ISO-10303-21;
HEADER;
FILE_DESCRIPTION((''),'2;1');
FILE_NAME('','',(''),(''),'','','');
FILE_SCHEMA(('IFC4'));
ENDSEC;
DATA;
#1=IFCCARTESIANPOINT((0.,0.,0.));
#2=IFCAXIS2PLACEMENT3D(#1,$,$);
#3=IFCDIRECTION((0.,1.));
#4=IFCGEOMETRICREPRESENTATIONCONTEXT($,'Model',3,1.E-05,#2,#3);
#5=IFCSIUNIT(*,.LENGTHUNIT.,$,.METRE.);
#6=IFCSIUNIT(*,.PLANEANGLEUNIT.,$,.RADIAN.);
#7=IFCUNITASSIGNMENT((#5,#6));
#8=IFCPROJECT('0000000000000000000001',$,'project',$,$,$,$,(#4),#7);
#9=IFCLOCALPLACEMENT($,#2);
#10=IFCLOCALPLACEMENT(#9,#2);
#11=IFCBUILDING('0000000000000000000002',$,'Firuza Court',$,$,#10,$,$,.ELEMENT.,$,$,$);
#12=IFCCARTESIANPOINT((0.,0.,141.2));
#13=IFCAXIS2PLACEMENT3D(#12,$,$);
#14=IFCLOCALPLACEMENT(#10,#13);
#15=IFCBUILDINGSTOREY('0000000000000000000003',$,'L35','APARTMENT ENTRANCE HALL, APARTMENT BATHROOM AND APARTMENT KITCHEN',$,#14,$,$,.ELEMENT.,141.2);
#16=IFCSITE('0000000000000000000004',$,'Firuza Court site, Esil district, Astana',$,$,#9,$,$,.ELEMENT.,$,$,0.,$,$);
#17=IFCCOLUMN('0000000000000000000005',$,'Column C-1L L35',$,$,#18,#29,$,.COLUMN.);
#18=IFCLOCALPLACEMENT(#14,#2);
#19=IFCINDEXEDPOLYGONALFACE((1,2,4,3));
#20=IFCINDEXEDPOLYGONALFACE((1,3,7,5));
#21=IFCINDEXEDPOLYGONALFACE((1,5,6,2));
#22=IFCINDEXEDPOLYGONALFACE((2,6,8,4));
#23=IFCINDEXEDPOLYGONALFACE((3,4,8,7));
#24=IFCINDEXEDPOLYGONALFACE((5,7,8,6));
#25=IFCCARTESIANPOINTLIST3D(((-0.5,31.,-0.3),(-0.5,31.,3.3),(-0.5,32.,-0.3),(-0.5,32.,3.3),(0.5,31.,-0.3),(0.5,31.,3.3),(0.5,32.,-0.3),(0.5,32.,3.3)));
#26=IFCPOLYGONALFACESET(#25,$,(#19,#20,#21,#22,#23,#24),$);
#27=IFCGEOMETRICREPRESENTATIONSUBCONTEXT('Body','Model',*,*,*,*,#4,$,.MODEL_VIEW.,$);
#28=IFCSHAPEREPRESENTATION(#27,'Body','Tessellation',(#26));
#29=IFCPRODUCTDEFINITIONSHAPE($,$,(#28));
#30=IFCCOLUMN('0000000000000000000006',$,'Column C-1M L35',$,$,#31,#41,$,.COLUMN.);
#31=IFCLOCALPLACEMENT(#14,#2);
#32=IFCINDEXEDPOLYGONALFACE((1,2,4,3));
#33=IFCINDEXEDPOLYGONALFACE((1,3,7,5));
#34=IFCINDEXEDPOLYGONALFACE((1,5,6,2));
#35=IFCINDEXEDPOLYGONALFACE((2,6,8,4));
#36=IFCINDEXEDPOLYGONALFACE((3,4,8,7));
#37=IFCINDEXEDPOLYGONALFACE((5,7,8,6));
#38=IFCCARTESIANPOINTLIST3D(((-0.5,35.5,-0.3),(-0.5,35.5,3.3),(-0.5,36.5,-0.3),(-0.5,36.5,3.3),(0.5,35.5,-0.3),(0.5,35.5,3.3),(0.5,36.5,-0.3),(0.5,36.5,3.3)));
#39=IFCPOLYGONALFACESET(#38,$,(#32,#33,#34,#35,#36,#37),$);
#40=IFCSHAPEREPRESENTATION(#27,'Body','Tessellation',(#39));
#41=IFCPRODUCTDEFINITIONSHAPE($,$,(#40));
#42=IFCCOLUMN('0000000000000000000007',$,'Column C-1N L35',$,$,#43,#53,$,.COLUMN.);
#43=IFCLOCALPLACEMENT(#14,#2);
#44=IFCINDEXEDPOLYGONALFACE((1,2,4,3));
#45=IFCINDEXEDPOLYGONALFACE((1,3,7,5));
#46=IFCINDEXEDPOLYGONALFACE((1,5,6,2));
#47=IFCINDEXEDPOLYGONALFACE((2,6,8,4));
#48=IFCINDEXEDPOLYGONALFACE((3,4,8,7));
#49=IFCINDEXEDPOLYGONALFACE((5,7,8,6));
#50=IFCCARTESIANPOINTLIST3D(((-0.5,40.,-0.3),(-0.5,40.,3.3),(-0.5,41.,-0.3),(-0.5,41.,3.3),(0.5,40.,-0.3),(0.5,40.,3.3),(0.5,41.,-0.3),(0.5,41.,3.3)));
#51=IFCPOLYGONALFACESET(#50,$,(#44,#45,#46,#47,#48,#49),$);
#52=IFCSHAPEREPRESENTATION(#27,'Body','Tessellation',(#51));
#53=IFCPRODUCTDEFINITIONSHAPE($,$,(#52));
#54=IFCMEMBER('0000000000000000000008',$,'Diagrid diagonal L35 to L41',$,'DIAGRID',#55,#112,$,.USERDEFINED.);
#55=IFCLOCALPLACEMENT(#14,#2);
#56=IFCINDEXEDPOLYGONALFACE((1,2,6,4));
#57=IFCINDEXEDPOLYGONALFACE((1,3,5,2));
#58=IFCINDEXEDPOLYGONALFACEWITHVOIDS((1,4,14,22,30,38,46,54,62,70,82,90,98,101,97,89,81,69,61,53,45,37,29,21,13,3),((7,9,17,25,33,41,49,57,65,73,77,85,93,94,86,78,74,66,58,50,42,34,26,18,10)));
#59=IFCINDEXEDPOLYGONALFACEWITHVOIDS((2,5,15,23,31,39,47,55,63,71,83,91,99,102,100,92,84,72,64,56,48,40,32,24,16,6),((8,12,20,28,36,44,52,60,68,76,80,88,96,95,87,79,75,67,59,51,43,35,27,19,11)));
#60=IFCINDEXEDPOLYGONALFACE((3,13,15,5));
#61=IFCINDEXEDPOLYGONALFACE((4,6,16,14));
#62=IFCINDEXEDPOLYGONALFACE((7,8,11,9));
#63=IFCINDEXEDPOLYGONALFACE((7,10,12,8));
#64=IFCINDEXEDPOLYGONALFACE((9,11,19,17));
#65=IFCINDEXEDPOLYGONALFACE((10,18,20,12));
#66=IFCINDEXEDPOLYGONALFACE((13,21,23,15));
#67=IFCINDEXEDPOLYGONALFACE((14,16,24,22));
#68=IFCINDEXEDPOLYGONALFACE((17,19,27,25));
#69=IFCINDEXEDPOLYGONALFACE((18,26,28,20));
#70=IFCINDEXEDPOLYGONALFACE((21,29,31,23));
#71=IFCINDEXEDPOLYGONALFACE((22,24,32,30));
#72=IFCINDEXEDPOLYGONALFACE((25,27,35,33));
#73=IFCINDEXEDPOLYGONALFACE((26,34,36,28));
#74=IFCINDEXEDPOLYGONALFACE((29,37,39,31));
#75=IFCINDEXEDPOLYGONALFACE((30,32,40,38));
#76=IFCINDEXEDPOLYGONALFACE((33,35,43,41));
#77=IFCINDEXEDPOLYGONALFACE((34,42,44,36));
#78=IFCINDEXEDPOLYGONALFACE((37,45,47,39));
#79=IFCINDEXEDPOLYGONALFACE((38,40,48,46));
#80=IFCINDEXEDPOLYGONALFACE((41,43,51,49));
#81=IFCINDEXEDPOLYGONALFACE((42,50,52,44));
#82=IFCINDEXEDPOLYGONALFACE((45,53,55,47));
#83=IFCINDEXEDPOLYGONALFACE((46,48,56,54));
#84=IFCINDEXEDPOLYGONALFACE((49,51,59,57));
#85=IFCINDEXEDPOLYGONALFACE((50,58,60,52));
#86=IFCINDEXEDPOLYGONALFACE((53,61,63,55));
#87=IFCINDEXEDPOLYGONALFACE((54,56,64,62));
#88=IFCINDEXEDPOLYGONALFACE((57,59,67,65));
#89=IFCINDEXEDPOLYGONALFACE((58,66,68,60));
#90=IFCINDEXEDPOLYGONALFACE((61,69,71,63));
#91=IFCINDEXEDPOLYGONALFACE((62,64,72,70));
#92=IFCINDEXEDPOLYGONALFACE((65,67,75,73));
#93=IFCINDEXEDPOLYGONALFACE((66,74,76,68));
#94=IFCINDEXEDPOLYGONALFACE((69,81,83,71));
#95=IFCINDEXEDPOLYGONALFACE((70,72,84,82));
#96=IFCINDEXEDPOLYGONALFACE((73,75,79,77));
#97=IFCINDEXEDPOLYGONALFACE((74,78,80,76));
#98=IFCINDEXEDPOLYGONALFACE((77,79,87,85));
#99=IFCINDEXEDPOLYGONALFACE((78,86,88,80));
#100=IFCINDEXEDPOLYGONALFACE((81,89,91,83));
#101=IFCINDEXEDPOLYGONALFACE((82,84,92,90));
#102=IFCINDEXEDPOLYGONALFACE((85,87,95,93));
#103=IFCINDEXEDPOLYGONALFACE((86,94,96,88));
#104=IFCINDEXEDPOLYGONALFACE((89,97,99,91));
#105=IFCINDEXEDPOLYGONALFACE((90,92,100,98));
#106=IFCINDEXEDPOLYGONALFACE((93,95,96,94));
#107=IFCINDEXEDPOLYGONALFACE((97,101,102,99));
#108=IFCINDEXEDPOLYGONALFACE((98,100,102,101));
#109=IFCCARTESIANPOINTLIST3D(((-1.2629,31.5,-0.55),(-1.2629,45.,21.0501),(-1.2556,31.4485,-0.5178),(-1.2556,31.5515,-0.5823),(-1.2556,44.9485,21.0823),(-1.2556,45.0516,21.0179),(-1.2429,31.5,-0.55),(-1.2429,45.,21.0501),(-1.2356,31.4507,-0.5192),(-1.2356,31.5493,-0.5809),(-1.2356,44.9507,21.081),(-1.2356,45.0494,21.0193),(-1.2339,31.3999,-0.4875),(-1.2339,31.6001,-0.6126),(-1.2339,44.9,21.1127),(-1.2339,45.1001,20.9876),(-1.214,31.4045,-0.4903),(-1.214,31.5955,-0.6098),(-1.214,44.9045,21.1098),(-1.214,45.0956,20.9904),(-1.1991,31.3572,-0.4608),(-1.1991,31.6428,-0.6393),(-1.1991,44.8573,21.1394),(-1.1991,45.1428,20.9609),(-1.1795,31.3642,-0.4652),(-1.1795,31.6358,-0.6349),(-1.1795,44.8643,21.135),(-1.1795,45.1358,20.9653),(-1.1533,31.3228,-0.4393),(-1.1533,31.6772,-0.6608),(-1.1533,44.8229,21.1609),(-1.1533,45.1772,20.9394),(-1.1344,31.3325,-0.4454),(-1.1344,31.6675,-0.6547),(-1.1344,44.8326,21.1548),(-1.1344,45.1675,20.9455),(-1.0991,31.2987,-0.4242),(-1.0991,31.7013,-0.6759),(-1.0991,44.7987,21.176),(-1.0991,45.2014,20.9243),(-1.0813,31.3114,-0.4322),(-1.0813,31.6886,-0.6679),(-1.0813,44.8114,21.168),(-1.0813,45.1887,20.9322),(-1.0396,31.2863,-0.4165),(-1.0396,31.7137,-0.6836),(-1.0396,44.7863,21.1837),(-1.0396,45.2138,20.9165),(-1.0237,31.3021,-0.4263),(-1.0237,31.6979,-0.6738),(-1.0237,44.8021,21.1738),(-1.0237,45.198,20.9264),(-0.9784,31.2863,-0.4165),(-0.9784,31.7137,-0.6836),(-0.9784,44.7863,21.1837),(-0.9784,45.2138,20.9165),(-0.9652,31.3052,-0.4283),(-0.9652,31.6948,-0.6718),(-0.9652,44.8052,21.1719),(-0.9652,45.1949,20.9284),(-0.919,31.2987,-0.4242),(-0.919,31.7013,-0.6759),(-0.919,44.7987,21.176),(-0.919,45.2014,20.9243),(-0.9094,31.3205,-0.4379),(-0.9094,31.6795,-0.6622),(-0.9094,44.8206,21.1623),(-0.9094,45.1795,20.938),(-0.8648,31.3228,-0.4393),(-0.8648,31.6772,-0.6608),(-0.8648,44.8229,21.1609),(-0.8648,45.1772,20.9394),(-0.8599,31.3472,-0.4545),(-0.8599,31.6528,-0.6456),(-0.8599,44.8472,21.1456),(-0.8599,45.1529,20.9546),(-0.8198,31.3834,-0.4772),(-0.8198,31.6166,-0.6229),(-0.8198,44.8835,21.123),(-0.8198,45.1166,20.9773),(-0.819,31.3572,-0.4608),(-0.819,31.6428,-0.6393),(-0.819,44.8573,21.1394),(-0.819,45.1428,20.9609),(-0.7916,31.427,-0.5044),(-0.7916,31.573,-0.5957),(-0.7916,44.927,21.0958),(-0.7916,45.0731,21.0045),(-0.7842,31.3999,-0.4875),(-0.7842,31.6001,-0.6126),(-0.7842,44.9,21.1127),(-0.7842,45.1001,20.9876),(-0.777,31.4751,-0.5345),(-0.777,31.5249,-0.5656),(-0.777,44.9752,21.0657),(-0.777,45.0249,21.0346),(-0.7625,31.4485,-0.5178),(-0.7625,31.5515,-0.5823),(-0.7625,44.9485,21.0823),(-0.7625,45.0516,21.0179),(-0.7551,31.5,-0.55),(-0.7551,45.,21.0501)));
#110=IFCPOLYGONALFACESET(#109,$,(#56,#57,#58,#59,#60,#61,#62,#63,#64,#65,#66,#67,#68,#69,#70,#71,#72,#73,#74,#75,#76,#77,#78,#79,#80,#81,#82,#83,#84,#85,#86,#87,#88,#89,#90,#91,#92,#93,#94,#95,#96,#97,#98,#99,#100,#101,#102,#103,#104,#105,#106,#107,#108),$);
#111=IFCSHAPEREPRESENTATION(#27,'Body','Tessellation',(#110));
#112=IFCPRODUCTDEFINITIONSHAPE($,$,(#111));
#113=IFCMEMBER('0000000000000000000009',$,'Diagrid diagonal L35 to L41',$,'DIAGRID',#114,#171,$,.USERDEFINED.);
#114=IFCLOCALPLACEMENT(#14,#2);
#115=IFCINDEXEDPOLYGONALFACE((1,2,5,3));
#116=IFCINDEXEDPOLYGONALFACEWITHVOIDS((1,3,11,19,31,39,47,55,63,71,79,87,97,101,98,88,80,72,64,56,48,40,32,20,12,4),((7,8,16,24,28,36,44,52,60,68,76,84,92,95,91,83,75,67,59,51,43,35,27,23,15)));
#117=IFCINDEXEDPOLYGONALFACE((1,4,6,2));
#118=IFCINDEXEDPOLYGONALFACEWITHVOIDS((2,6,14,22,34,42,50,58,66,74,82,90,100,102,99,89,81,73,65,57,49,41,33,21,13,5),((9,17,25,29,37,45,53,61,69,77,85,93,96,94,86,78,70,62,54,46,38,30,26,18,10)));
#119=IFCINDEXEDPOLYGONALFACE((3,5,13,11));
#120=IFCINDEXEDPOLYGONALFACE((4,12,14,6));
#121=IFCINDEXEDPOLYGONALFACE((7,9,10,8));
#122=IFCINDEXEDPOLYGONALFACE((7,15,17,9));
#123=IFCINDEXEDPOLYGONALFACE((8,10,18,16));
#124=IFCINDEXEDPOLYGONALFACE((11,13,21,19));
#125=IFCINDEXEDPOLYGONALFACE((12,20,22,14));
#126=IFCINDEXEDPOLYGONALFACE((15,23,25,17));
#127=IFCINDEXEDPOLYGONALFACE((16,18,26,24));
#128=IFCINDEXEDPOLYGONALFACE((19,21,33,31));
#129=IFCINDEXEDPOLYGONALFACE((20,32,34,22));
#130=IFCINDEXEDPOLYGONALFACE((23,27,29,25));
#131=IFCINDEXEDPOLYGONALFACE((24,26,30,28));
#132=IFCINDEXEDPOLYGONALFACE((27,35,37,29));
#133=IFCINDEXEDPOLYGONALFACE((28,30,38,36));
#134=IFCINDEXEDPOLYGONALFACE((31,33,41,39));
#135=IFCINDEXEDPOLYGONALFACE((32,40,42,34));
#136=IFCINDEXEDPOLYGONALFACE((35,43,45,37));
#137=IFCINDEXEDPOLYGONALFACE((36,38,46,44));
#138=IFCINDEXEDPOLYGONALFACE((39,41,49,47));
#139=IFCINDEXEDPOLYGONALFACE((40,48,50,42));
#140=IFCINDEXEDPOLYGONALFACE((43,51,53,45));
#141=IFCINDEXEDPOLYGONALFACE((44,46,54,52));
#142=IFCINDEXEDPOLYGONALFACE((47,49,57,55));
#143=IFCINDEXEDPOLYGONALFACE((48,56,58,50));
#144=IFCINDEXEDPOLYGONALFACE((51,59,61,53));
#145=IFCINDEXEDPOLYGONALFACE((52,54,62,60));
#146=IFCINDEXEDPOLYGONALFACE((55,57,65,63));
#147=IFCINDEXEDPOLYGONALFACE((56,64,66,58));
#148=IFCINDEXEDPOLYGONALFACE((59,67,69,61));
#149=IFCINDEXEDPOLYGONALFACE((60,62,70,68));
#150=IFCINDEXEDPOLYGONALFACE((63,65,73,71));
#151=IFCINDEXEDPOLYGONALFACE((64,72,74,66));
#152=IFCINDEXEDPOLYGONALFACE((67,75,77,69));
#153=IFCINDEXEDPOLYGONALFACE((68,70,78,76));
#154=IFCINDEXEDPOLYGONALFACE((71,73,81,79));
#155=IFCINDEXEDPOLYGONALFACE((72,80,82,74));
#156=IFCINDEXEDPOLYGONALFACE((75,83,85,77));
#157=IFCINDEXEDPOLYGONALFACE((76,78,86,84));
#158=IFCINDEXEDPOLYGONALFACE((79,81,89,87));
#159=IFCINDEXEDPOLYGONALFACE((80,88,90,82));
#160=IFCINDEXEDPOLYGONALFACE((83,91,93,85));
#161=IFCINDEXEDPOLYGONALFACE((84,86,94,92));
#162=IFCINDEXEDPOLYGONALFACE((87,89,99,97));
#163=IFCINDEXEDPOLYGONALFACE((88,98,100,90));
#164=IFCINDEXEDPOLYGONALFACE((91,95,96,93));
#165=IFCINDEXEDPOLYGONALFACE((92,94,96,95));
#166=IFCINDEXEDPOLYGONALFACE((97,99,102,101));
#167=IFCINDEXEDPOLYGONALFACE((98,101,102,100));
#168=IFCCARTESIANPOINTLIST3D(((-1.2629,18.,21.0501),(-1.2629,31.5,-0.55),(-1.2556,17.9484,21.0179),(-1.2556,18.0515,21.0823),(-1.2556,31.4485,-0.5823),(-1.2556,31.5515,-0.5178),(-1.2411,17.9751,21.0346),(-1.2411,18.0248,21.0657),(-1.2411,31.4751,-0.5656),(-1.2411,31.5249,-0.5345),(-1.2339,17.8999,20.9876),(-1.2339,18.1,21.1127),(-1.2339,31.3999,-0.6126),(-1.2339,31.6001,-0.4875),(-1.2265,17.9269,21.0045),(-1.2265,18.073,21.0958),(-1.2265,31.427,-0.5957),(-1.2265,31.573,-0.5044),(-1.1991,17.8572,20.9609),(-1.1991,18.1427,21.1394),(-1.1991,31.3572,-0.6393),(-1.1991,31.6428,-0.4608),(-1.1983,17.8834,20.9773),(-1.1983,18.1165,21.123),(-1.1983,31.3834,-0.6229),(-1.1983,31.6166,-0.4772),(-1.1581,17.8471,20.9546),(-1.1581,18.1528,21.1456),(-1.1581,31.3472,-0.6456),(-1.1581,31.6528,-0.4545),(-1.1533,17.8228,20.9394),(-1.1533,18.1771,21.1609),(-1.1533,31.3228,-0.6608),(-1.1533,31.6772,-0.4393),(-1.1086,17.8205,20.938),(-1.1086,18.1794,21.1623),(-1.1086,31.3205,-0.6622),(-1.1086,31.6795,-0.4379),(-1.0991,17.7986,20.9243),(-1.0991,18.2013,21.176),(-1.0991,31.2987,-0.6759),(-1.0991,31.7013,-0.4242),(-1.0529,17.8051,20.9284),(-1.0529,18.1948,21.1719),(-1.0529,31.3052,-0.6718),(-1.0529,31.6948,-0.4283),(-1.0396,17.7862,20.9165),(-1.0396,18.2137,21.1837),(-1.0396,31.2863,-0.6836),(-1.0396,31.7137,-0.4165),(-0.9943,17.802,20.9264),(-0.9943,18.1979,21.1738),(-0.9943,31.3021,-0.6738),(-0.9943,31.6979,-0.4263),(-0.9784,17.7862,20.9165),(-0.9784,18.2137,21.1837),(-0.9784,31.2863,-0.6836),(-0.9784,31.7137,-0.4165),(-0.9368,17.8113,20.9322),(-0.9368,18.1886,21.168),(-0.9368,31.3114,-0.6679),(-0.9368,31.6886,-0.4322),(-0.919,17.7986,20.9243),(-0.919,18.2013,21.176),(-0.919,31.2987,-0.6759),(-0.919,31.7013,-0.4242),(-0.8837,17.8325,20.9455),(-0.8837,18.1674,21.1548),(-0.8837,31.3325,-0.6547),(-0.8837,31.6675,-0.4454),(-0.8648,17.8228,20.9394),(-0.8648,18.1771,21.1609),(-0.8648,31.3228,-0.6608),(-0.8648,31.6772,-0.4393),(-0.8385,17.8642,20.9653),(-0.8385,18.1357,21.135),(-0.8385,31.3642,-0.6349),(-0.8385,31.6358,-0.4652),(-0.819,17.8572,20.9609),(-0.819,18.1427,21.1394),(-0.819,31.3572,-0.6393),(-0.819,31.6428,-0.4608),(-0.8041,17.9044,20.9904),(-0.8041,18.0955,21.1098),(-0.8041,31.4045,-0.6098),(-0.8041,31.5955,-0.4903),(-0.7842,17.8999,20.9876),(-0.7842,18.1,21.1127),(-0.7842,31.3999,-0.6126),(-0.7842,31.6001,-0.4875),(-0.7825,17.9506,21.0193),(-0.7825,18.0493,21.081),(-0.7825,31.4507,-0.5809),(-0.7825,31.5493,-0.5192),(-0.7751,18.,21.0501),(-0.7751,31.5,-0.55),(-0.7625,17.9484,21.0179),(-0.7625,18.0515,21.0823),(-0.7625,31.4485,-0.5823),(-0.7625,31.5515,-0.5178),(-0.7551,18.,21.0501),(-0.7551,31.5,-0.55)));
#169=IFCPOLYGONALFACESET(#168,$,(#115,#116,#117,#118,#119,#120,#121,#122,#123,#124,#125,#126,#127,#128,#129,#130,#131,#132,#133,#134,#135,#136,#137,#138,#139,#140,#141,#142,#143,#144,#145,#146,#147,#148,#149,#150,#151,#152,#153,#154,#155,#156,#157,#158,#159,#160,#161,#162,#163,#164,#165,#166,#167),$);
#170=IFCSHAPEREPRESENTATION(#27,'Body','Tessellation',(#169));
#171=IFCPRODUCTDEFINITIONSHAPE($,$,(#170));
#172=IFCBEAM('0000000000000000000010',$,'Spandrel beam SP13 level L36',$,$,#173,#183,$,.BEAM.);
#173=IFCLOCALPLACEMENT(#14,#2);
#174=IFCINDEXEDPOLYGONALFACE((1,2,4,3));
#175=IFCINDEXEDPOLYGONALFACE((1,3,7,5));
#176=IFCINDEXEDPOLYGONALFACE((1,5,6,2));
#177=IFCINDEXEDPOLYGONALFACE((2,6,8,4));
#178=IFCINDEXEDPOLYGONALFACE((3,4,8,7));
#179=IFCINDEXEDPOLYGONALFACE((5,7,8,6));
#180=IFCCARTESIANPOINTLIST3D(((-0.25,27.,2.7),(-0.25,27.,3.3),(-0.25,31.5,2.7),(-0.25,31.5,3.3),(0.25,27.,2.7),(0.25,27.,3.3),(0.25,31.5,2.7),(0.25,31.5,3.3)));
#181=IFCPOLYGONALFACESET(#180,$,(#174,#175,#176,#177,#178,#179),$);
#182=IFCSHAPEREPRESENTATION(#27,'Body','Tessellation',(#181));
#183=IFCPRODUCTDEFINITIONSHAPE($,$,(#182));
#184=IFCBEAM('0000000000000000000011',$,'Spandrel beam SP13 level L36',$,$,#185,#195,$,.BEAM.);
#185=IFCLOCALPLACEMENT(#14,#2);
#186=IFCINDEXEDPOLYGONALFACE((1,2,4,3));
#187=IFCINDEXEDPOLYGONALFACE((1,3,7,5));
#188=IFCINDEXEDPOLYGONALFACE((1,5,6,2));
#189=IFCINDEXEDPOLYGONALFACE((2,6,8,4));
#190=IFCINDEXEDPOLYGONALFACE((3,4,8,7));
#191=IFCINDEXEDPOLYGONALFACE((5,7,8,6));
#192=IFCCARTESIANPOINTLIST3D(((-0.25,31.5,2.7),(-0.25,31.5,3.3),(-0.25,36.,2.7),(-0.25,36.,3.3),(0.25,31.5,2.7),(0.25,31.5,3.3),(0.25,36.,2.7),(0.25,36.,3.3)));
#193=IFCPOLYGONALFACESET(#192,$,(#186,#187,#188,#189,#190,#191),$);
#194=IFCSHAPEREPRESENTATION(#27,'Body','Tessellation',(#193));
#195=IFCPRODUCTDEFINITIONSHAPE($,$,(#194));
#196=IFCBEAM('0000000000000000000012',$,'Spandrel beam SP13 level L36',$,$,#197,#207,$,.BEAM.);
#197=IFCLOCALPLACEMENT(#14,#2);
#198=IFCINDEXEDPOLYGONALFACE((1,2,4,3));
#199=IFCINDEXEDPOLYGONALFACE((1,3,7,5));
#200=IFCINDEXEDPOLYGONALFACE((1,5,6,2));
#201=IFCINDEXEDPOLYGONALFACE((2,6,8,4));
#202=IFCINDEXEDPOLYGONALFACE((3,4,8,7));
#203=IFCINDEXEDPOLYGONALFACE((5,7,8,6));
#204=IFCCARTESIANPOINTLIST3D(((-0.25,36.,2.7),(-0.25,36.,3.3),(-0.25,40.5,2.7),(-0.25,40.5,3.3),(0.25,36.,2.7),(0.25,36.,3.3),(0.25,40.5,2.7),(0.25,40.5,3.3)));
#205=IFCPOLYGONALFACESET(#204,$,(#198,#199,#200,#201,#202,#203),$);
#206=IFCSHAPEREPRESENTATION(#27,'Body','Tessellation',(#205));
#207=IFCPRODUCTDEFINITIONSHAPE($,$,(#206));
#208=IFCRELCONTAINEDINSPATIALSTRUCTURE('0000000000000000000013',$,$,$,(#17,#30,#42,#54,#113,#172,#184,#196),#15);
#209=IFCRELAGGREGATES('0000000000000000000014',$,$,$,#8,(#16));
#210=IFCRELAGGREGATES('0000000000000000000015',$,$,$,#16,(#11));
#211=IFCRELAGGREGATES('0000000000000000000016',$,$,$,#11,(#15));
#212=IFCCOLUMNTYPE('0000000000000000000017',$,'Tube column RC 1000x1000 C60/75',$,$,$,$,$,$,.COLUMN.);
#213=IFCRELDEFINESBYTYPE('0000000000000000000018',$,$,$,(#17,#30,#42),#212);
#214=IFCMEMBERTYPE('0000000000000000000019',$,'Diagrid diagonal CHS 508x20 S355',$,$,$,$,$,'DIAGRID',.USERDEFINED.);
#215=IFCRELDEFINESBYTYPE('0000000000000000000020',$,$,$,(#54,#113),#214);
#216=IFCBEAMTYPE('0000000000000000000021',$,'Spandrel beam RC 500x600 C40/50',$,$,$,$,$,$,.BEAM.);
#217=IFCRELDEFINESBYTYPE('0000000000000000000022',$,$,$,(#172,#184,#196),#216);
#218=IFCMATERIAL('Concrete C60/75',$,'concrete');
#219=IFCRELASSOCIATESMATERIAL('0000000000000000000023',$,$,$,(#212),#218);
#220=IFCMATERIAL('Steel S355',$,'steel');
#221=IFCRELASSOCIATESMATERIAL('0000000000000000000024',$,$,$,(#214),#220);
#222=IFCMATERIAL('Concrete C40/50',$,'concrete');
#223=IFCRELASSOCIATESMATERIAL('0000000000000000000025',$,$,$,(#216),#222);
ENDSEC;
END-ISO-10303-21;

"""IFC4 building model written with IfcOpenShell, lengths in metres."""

from ifc_helpers import new_model, si_unit, direction, frame, origin, origin_2d, place, context, subcontext, project, spatial, rectangle, hollow_circle, extrude, material, material_profile, profile_set, type_object, element, save


model = new_model("IFC4")

# Units and contexts
model_context = context("Model", 3, precision=1e-05, world=origin(), true_north=direction((0.0, 1.0)))
body_context = subcontext(model_context, "Body", "Model", "MODEL_VIEW")
ifc_project = project(units=[si_unit("LENGTHUNIT", "METRE"), si_unit("PLANEANGLEUNIT", "RADIAN")], contexts=[model_context])

# Site, building, storey
site_placement = place(None, origin())
site = spatial("IfcSite", under=ifc_project, at=site_placement, Name="Firuza Court site, Esil district, Astana", CompositionType="ELEMENT", RefElevation=0.0)
building_placement = place(site_placement, origin())
building = spatial("IfcBuilding", under=site, at=building_placement, Name="Firuza Court", CompositionType="ELEMENT")
storey_placement = place(building_placement, frame((0.0, 0.0, 141.2)))
storey = spatial("IfcBuildingStorey", under=building, at=storey_placement, Name="L35", Description="APARTMENT ENTRANCE HALL, APARTMENT BATHROOM AND APARTMENT KITCHEN", CompositionType="ELEMENT", Elevation=141.2)

# Columns
ifc_material_1 = material(Name="Concrete C60/75", Category="concrete")
ifc_material_profile_1 = material_profile(ifc_material_1, rectangle(XDim=1.0, YDim=1.0, at=origin_2d()), Name="RC 1000x1000")
ifc_profile_set_1 = profile_set([ifc_material_profile_1], Name="Concrete C60/75")
column_type = type_object("IfcColumnType", Name="Tube column RC 1000x1000 C60/75", PredefinedType="COLUMN", material=ifc_profile_set_1)
for number, where, z_axis, x_axis, name in (
    (1, (0.0, 31.5, -0.3), (0.0, 0.0, 1.0), (1.0, 0.0, 0.0), "Column C-1L L35"),
    (2, (0.0, 36.0, -0.3), (0.0, 0.0, 1.0), (1.0, 0.0, 0.0), "Column C-1M L35"),
    (3, (0.0, 40.5, -0.3), (0.0, 0.0, 1.0), (1.0, 0.0, 0.0), "Column C-1N L35"),
):
    element("IfcColumn", number, at=place(storey_placement, frame(where, z_axis=z_axis, x_axis=x_axis)), inside=storey, type_object=column_type, Name=name, PredefinedType="COLUMN", context=body_context, shape_type="SweptSolid", body=[
        extrude(rectangle(XDim=1.0, YDim=1.0, at=origin_2d()), origin(), (0.0, 0.0, 1.0), 3.6001),
    ])

# Members
ifc_material_2 = material(Name="Steel S355", Category="steel")
ifc_material_profile_2 = material_profile(ifc_material_2, hollow_circle(Radius=0.2539, WallThickness=0.02, at=origin_2d()), Name="CHS 508x20")
ifc_profile_set_2 = profile_set([ifc_material_profile_2], Name="Steel S355")
member_type = type_object("IfcMemberType", Name="Diagrid diagonal CHS 508x20 S355", ElementType="DIAGRID", PredefinedType="USERDEFINED", material=ifc_profile_set_2)
for number, where, z_axis, x_axis, name in (
    (4, (-1.009, 31.5, -0.55), (0.0, 0.529997, 0.847999), (-1.0, 0.0, 0.0), "Diagrid diagonal L35 to L41"),
    (5, (-1.009, 31.5, -0.55), (0.0, -0.529997, 0.847999), (1.0, 0.0, 0.0), "Diagrid diagonal L35 to L41"),
):
    element("IfcMember", number, at=place(storey_placement, frame(where, z_axis=z_axis, x_axis=x_axis)), inside=storey, type_object=member_type, Name=name, ObjectType="DIAGRID", PredefinedType="USERDEFINED", context=body_context, shape_type="SweptSolid", body=[
        extrude(hollow_circle(Radius=0.2539, WallThickness=0.02, at=origin_2d()), origin(), (0.0, 0.0, 1.0), 25.4719),
    ])

# Beams
ifc_material_3 = material(Name="Concrete C40/50", Category="concrete")
ifc_material_profile_3 = material_profile(ifc_material_3, rectangle(XDim=0.5, YDim=0.6001, at=origin_2d()), Name="RC 500x600")
ifc_profile_set_3 = profile_set([ifc_material_profile_3], Name="Concrete C40/50")
beam_type = type_object("IfcBeamType", Name="Spandrel beam RC 500x600 C40/50", PredefinedType="BEAM", material=ifc_profile_set_3)
for number, where, z_axis, x_axis, name in (
    (6, (0.0, 31.5, 3.0), (0.0, -1.0, 0.0), (1.0, 0.0, 0.0), "Spandrel beam SP13 level L36"),
    (7, (0.0, 36.0, 3.0), (0.0, -1.0, 0.0), (1.0, 0.0, 0.0), "Spandrel beam SP13 level L36"),
    (8, (0.0, 40.5, 3.0), (0.0, -1.0, 0.0), (1.0, 0.0, 0.0), "Spandrel beam SP13 level L36"),
):
    element("IfcBeam", number, at=place(storey_placement, frame(where, z_axis=z_axis, x_axis=x_axis)), inside=storey, type_object=beam_type, Name=name, PredefinedType="BEAM", context=body_context, shape_type="SweptSolid", body=[
        extrude(rectangle(XDim=0.5, YDim=0.6001, at=origin_2d()), origin(), (0.0, 0.0, 1.0), 4.5),
    ])

save(model, "model.ifc")
